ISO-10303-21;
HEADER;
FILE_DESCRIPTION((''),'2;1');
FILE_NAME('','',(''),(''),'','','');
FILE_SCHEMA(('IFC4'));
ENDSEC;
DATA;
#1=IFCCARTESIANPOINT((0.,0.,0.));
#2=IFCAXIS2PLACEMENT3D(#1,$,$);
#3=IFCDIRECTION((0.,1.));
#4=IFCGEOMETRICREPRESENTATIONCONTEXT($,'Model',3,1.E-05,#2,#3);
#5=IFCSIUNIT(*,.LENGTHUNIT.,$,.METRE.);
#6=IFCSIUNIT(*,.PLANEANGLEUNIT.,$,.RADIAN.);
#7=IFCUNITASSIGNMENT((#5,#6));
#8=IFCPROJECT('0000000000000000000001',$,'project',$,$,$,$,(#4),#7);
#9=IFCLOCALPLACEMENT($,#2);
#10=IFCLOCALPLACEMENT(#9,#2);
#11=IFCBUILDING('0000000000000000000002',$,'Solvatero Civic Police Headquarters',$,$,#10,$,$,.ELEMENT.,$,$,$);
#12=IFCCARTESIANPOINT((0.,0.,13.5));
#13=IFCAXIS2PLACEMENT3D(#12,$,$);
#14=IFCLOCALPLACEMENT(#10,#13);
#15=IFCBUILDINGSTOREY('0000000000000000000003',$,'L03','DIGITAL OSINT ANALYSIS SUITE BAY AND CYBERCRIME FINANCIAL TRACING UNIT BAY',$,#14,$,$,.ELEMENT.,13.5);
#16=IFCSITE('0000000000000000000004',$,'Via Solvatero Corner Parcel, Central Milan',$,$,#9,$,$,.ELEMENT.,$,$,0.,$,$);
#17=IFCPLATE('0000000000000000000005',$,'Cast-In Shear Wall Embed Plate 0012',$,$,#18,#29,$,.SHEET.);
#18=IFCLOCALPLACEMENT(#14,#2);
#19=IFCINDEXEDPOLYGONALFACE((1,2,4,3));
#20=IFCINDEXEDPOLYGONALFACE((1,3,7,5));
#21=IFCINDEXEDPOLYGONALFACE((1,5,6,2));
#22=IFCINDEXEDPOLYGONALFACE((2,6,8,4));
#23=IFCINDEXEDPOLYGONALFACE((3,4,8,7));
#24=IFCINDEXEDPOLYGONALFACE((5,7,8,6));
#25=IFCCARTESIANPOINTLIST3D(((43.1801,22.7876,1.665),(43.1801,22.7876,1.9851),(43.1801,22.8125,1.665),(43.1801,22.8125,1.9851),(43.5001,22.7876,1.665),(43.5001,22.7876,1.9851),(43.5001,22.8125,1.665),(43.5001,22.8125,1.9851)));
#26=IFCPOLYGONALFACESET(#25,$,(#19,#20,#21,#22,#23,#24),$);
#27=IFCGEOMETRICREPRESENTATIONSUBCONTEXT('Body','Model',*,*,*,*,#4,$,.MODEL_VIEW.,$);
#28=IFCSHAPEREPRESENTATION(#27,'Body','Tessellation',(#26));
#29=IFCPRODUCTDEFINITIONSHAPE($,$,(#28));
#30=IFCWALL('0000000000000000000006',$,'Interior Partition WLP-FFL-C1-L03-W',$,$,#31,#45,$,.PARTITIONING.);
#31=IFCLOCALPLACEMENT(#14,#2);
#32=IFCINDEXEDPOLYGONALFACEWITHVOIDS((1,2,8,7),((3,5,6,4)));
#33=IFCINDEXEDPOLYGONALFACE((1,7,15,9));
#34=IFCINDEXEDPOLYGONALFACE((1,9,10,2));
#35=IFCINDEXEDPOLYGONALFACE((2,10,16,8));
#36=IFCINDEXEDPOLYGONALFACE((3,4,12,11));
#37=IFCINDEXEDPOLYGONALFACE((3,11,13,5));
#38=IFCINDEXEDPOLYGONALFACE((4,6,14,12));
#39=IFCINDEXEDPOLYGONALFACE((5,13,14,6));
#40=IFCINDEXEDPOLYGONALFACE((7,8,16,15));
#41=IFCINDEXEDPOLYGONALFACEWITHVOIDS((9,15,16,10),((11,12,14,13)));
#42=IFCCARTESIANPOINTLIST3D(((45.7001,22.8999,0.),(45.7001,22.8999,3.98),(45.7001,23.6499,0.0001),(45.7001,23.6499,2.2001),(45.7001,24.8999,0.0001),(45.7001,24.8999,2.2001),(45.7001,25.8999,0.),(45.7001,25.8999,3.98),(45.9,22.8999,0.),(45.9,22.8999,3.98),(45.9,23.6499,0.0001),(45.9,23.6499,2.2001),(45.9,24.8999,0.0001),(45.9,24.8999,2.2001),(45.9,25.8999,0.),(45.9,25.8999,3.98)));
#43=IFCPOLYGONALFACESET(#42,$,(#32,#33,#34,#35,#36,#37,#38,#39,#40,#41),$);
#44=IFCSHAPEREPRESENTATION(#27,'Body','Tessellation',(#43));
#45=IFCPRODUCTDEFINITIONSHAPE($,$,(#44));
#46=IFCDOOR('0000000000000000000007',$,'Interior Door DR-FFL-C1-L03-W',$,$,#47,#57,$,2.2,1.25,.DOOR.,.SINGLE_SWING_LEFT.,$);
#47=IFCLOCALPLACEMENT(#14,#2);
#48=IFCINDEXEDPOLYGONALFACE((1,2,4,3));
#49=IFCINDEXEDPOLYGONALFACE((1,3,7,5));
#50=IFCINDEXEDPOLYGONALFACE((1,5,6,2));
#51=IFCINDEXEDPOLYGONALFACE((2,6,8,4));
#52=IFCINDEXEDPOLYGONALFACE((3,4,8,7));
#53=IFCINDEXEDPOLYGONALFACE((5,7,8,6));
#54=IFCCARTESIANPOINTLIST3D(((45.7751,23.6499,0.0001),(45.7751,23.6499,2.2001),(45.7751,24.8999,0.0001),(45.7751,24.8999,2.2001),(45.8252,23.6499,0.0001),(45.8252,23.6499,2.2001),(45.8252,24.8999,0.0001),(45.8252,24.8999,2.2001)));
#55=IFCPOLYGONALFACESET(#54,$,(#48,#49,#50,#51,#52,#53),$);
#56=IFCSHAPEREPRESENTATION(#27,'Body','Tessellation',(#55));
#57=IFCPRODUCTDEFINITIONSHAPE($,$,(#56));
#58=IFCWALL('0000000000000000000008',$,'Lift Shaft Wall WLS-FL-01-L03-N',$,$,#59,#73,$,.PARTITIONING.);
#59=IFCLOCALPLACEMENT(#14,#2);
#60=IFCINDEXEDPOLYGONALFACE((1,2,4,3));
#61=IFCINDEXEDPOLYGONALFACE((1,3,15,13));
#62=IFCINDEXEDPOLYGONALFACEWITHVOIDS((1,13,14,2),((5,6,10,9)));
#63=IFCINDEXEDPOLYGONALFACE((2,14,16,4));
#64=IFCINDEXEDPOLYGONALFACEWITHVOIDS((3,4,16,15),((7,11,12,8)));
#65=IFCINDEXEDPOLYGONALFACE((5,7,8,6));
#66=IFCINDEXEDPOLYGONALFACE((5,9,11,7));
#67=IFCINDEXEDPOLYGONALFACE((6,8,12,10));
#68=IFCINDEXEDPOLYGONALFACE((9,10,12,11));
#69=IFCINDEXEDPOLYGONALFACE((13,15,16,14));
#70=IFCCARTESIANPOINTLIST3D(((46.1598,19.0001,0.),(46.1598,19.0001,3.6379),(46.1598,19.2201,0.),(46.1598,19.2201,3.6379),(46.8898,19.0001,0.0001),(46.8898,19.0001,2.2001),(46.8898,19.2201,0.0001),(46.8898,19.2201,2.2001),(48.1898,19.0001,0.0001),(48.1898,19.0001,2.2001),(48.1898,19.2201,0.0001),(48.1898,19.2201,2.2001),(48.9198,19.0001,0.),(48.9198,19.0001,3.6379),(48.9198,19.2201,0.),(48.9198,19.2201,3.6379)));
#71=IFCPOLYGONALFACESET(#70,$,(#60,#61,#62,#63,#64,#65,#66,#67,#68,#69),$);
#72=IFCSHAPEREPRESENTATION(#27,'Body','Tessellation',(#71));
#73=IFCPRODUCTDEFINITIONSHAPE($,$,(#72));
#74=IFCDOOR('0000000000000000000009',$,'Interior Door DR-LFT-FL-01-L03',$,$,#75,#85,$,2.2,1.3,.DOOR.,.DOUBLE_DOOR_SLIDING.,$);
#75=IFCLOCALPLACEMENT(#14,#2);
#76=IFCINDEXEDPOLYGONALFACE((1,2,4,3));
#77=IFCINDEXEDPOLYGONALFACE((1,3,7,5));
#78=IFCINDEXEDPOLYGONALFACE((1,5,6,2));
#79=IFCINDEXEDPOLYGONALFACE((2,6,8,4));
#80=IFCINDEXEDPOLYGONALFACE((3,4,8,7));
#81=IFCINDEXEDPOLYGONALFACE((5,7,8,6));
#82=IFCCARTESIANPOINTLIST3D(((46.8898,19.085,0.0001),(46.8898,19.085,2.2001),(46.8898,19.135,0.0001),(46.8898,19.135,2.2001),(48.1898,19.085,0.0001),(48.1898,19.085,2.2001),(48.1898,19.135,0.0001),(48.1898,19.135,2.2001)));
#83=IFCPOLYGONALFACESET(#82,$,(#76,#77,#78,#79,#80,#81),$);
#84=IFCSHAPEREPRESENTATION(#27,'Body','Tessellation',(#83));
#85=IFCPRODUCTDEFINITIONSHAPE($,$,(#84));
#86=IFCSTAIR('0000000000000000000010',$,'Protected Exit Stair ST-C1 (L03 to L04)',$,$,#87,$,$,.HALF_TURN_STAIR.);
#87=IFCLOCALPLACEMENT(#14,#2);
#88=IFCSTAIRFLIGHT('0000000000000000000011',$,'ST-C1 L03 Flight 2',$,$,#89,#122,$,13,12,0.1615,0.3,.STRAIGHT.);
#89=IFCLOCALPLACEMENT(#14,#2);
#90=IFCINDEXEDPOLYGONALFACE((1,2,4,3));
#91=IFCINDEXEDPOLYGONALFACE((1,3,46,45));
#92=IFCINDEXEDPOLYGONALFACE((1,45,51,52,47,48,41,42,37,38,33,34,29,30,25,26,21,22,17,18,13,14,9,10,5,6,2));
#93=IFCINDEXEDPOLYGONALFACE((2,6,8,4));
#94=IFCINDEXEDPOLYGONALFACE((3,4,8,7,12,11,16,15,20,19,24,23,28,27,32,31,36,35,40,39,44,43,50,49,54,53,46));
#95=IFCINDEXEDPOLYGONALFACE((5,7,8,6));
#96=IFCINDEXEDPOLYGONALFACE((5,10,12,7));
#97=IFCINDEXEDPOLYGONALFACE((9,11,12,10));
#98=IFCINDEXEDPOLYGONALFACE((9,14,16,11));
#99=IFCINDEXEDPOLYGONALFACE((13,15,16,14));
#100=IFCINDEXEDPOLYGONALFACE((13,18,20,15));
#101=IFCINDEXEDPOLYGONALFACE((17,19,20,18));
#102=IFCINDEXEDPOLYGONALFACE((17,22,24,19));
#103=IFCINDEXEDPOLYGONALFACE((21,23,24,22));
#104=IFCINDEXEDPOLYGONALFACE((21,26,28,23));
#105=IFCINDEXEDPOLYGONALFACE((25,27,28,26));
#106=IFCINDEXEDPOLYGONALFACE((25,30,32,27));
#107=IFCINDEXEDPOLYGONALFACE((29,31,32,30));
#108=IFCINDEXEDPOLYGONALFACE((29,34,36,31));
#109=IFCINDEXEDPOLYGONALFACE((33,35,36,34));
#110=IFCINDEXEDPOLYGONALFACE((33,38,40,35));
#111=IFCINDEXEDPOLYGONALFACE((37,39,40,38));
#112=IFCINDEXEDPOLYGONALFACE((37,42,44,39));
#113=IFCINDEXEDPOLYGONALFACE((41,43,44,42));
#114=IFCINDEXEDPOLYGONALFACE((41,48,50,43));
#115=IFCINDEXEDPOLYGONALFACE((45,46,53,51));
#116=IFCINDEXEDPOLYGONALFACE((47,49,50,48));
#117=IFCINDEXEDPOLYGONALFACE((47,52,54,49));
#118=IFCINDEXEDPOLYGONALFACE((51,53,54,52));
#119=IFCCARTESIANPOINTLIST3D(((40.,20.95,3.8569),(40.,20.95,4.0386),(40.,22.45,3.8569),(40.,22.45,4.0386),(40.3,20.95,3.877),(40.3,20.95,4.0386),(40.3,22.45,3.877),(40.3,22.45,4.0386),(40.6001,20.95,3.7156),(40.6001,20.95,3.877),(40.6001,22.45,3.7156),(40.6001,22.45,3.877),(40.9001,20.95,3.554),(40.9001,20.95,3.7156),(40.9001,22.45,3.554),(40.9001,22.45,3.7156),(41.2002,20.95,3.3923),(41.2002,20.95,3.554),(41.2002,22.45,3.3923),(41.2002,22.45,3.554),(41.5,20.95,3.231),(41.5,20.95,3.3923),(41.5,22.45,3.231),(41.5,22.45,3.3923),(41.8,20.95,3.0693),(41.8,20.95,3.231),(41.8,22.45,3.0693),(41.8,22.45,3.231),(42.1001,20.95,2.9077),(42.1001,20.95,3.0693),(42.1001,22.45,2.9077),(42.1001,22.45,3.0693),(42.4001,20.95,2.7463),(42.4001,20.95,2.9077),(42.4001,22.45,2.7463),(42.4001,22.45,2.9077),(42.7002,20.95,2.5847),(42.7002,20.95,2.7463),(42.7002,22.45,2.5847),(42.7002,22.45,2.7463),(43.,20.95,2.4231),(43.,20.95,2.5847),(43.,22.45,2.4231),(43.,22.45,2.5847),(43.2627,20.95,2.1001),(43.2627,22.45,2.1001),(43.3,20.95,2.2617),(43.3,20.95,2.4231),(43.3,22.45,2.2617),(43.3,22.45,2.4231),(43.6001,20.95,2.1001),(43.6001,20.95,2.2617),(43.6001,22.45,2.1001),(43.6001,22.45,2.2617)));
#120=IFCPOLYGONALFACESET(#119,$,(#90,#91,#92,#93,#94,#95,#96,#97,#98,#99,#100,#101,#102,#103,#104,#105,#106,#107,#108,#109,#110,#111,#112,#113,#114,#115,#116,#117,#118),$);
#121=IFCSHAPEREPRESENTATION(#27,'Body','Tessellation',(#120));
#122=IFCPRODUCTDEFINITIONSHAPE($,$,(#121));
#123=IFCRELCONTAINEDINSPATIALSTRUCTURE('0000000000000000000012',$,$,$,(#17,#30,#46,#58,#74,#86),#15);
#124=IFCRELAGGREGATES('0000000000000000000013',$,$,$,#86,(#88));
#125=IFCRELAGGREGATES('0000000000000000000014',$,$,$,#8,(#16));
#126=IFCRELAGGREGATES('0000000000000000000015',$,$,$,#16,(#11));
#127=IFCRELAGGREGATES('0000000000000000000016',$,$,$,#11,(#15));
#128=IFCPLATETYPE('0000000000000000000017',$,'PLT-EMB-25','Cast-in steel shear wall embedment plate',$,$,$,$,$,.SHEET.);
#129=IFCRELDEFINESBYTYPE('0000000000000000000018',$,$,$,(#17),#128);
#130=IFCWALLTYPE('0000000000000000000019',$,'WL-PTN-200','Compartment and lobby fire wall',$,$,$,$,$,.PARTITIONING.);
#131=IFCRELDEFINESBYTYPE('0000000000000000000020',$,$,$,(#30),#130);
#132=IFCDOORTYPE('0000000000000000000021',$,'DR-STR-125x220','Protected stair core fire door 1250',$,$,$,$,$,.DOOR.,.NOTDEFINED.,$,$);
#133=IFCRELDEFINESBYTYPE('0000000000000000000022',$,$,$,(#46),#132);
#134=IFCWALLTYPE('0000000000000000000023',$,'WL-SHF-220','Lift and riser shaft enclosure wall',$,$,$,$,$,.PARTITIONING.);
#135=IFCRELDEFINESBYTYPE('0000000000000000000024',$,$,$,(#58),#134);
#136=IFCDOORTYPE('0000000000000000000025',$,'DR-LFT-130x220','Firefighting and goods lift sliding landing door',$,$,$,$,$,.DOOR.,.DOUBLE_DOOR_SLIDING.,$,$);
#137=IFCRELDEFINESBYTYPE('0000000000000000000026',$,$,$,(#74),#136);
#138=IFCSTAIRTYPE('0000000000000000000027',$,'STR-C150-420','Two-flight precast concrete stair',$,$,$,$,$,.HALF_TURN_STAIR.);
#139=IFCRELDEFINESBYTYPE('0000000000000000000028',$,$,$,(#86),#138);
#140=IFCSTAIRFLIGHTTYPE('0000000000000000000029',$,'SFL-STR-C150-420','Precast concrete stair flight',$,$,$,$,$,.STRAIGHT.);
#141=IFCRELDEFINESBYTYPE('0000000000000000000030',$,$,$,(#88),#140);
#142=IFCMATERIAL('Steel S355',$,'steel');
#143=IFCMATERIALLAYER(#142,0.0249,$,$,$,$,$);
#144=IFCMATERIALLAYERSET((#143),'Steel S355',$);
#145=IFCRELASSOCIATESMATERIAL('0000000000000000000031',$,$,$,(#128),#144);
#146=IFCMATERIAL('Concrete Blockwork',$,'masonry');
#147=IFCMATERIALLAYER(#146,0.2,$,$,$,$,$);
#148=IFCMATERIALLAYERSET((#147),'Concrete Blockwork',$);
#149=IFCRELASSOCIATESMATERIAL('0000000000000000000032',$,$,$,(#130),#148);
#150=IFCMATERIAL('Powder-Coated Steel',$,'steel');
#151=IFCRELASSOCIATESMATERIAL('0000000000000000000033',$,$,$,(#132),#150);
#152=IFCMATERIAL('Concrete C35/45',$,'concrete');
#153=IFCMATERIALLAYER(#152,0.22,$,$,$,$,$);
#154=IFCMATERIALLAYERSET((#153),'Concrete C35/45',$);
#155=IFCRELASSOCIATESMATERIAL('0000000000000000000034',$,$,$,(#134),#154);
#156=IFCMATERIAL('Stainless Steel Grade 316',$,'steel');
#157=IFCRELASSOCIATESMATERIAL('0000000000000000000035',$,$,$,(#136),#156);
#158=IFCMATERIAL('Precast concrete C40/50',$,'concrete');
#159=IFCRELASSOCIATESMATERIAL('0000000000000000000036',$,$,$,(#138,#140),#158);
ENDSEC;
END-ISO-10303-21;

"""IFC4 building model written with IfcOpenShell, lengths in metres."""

from ifc_helpers import new_model, si_unit, direction, frame, frame_2d, origin, origin_2d, place, context, subcontext, project, spatial, polyline, rectangle, outline, extrude, material, layer, layer_set, type_object, element, fill, aggregate, save


model = new_model("IFC4")

# Units and contexts
model_context = context("Model", 3, precision=1e-05, world=origin(), true_north=direction((0.0, 1.0)))
body_context = subcontext(model_context, "Body", "Model", "MODEL_VIEW")
ifc_project = project(units=[si_unit("LENGTHUNIT", "METRE"), si_unit("PLANEANGLEUNIT", "RADIAN")], contexts=[model_context])

# Site, building, storey
site_placement = place(None, origin())
site = spatial("IfcSite", under=ifc_project, at=site_placement, Name="Via Solvatero Corner Parcel, Central Milan", CompositionType="ELEMENT", RefElevation=0.0)
building_placement = place(site_placement, origin())
building = spatial("IfcBuilding", under=site, at=building_placement, Name="Solvatero Civic Police Headquarters", CompositionType="ELEMENT")
storey_placement = place(building_placement, frame((0.0, 0.0, 13.5)))
storey = spatial("IfcBuildingStorey", under=building, at=storey_placement, Name="L03", Description="DIGITAL OSINT ANALYSIS SUITE BAY AND CYBERCRIME FINANCIAL TRACING UNIT BAY", CompositionType="ELEMENT", Elevation=13.5)

# Plate
ifc_material_1 = material(Name="Steel S355", Category="steel")
ifc_layer_1 = layer(ifc_material_1, 0.0249)
ifc_layer_set_1 = layer_set([ifc_layer_1], Name="Steel S355")
plate_type_1 = type_object("IfcPlateType", Name="PLT-EMB-25", Description="Cast-in steel shear wall embedment plate", PredefinedType="SHEET", material=ifc_layer_set_1)
plate_1_placement = place(storey_placement, frame((43.3401, 22.8, 1.665), z_axis=(0.0, 0.0, 1.0), x_axis=(1.0, 0.0, 0.0)))
element("IfcPlate", 1, at=plate_1_placement, inside=storey, type_object=plate_type_1, Name="Cast-In Shear Wall Embed Plate 0012", PredefinedType="SHEET", context=body_context, shape_type="SweptSolid", body=[
    extrude(rectangle(XDim=0.3201, YDim=0.0249, at=origin_2d()), origin(), (0.0, 0.0, 1.0), 0.3201),
])

# Walls, openings, doors
ifc_material_2 = material(Name="Concrete Blockwork", Category="masonry")
ifc_layer_2 = layer(ifc_material_2, 0.2)
ifc_layer_set_2 = layer_set([ifc_layer_2], Name="Concrete Blockwork")
wall_type_1 = type_object("IfcWallType", Name="WL-PTN-200", Description="Compartment and lobby fire wall", PredefinedType="PARTITIONING", material=ifc_layer_set_2)
wall_1_placement = place(storey_placement, frame((45.8, 22.8999, 0.0), z_axis=(0.0, 0.0, 1.0), x_axis=(0.0, 1.0, 0.0)))
wall_1 = element("IfcWall", 2, at=wall_1_placement, inside=storey, type_object=wall_type_1, Name="Interior Partition WLP-FFL-C1-L03-W", PredefinedType="PARTITIONING", context=body_context, shape_type="SweptSolid", body=[
    extrude(rectangle(XDim=3.0, YDim=0.2, at=frame_2d((1.5, 0.0))), origin(), (0.0, 0.0, 1.0), 3.98),
])
opening_1_placement = place(wall_1_placement, frame((0.75, 0.0, 0.0)))
opening_1 = element("IfcOpeningElement", 3, at=opening_1_placement, cuts=wall_1, PredefinedType="OPENING", context=body_context, shape_type="SweptSolid", body=[
    extrude(rectangle(XDim=1.25, YDim=2.2, at=frame_2d((0.625, 1.1001))), frame((0.0, 0.1099, 0.0), z_axis=(0.0, -1.0, 0.0), x_axis=(1.0, 0.0, 0.0)), (0.0, 0.0, 1.0), 0.22),
])
ifc_material_3 = material(Name="Powder-Coated Steel", Category="steel")
door_type_1 = type_object("IfcDoorType", Name="DR-STR-125x220", Description="Protected stair core fire door 1250", OperationType="NOTDEFINED", PredefinedType="DOOR", material=ifc_material_3)
door_1_placement = place(opening_1_placement, origin())
door_1 = element("IfcDoor", 4, at=door_1_placement, inside=storey, type_object=door_type_1, Name="Interior Door DR-FFL-C1-L03-W", OperationType="SINGLE_SWING_LEFT", OverallHeight=2.2, OverallWidth=1.25, PredefinedType="DOOR", context=body_context, shape_type="SweptSolid", body=[
    extrude(rectangle(XDim=1.25, YDim=2.2, at=frame_2d((0.625, 1.1001))), frame((0.0, 0.0249, 0.0), z_axis=(0.0, -1.0, 0.0), x_axis=(1.0, 0.0, 0.0)), (0.0, 0.0, 1.0), 0.05),
])
fill(opening_1, door_1)
ifc_material_4 = material(Name="Concrete C35/45", Category="concrete")
ifc_layer_3 = layer(ifc_material_4, 0.22)
ifc_layer_set_3 = layer_set([ifc_layer_3], Name="Concrete C35/45")
wall_type_2 = type_object("IfcWallType", Name="WL-SHF-220", Description="Lift and riser shaft enclosure wall", PredefinedType="PARTITIONING", material=ifc_layer_set_3)
wall_2_placement = place(storey_placement, frame((46.1599, 19.1101, 0.0), z_axis=(0.0, 0.0, 1.0), x_axis=(1.0, 0.0, 0.0)))
wall_2 = element("IfcWall", 5, at=wall_2_placement, inside=storey, type_object=wall_type_2, Name="Lift Shaft Wall WLS-FL-01-L03-N", PredefinedType="PARTITIONING", context=body_context, shape_type="SweptSolid", body=[
    extrude(rectangle(XDim=2.76, YDim=0.22, at=frame_2d((1.3799, 0.0))), origin(), (0.0, 0.0, 1.0), 3.6379),
])
opening_2_placement = place(wall_2_placement, frame((0.73, 0.0, 0.0)))
opening_2 = element("IfcOpeningElement", 6, at=opening_2_placement, cuts=wall_2, PredefinedType="OPENING", context=body_context, shape_type="SweptSolid", body=[
    extrude(rectangle(XDim=1.3, YDim=2.2, at=frame_2d((0.6499, 1.1001))), frame((0.0, 0.1199, 0.0), z_axis=(0.0, -1.0, 0.0), x_axis=(1.0, 0.0, 0.0)), (0.0, 0.0, 1.0), 0.24),
])
ifc_material_5 = material(Name="Stainless Steel Grade 316", Category="steel")
door_type_2 = type_object("IfcDoorType", Name="DR-LFT-130x220", Description="Firefighting and goods lift sliding landing door", OperationType="DOUBLE_DOOR_SLIDING", PredefinedType="DOOR", material=ifc_material_5)
door_2_placement = place(opening_2_placement, origin())
door_2 = element("IfcDoor", 7, at=door_2_placement, inside=storey, type_object=door_type_2, Name="Interior Door DR-LFT-FL-01-L03", OperationType="DOUBLE_DOOR_SLIDING", OverallHeight=2.2, OverallWidth=1.3, PredefinedType="DOOR", context=body_context, shape_type="SweptSolid", body=[
    extrude(rectangle(XDim=1.3, YDim=2.2, at=frame_2d((0.6499, 1.1001))), frame((0.0, 0.0249, 0.0), z_axis=(0.0, -1.0, 0.0), x_axis=(1.0, 0.0, 0.0)), (0.0, 0.0, 1.0), 0.05),
])
fill(opening_2, door_2)

# Stair, stair flight
ifc_material_6 = material(Name="Precast concrete C40/50", Category="concrete")
stair_type = type_object("IfcStairType", Name="STR-C150-420", Description="Two-flight precast concrete stair", PredefinedType="HALF_TURN_STAIR", material=ifc_material_6)
stair_placement = place(storey_placement, origin())
stair = element("IfcStair", 8, at=stair_placement, inside=storey, type_object=stair_type, Name="Protected Exit Stair ST-C1 (L03 to L04)", PredefinedType="HALF_TURN_STAIR")
stair_flight_type = type_object("IfcStairFlightType", Name="SFL-STR-C150-420", Description="Precast concrete stair flight", PredefinedType="STRAIGHT", material=ifc_material_6)
stair_flight_placement = place(storey_placement, frame((43.6001, 21.7, 2.1001), z_axis=(0.0, 0.0, 1.0), x_axis=(-1.0, 0.0, 0.0)))
stair_flight = element("IfcStairFlight", 9, at=stair_flight_placement, type_object=stair_flight_type, Name="ST-C1 L03 Flight 2", NumberOfRisers=13, NumberOfTreads=12, PredefinedType="STRAIGHT", RiserHeight=0.1615, TreadLength=0.3, context=body_context, shape_type="SweptSolid", body=[
    extrude(outline(polyline([(0.0, 0.0), (0.0, 0.1616), (0.3, 0.1616), (0.3, 0.323), (0.6001, 0.323), (0.6001, 0.4846), (0.8999, 0.4846), (0.8999, 0.6462), (1.2, 0.6462), (1.2, 0.8076), (1.5, 0.8076), (1.5, 0.9692), (1.8, 0.9692), (1.8, 1.1309), (2.1001, 1.1309), (2.1001, 1.2922), (2.3999, 1.2922), (2.3999, 1.4539), (2.7, 1.4539), (2.7, 1.6155), (3.0, 1.6155), (3.0, 1.7769), (3.3, 1.7769), (3.3, 1.9385), (3.6001, 1.9385), (3.6001, 2.1001), (3.6001, 1.7568), (0.3374, 0.0), (0.0, 0.0)])), frame((0.0, 0.75, 0.0), z_axis=(0.0, -1.0, 0.0), x_axis=(1.0, 0.0, 0.0)), (0.0, 0.0, 1.0), 1.5),
])
aggregate(stair, [stair_flight])

save(model, "model.ifc")
